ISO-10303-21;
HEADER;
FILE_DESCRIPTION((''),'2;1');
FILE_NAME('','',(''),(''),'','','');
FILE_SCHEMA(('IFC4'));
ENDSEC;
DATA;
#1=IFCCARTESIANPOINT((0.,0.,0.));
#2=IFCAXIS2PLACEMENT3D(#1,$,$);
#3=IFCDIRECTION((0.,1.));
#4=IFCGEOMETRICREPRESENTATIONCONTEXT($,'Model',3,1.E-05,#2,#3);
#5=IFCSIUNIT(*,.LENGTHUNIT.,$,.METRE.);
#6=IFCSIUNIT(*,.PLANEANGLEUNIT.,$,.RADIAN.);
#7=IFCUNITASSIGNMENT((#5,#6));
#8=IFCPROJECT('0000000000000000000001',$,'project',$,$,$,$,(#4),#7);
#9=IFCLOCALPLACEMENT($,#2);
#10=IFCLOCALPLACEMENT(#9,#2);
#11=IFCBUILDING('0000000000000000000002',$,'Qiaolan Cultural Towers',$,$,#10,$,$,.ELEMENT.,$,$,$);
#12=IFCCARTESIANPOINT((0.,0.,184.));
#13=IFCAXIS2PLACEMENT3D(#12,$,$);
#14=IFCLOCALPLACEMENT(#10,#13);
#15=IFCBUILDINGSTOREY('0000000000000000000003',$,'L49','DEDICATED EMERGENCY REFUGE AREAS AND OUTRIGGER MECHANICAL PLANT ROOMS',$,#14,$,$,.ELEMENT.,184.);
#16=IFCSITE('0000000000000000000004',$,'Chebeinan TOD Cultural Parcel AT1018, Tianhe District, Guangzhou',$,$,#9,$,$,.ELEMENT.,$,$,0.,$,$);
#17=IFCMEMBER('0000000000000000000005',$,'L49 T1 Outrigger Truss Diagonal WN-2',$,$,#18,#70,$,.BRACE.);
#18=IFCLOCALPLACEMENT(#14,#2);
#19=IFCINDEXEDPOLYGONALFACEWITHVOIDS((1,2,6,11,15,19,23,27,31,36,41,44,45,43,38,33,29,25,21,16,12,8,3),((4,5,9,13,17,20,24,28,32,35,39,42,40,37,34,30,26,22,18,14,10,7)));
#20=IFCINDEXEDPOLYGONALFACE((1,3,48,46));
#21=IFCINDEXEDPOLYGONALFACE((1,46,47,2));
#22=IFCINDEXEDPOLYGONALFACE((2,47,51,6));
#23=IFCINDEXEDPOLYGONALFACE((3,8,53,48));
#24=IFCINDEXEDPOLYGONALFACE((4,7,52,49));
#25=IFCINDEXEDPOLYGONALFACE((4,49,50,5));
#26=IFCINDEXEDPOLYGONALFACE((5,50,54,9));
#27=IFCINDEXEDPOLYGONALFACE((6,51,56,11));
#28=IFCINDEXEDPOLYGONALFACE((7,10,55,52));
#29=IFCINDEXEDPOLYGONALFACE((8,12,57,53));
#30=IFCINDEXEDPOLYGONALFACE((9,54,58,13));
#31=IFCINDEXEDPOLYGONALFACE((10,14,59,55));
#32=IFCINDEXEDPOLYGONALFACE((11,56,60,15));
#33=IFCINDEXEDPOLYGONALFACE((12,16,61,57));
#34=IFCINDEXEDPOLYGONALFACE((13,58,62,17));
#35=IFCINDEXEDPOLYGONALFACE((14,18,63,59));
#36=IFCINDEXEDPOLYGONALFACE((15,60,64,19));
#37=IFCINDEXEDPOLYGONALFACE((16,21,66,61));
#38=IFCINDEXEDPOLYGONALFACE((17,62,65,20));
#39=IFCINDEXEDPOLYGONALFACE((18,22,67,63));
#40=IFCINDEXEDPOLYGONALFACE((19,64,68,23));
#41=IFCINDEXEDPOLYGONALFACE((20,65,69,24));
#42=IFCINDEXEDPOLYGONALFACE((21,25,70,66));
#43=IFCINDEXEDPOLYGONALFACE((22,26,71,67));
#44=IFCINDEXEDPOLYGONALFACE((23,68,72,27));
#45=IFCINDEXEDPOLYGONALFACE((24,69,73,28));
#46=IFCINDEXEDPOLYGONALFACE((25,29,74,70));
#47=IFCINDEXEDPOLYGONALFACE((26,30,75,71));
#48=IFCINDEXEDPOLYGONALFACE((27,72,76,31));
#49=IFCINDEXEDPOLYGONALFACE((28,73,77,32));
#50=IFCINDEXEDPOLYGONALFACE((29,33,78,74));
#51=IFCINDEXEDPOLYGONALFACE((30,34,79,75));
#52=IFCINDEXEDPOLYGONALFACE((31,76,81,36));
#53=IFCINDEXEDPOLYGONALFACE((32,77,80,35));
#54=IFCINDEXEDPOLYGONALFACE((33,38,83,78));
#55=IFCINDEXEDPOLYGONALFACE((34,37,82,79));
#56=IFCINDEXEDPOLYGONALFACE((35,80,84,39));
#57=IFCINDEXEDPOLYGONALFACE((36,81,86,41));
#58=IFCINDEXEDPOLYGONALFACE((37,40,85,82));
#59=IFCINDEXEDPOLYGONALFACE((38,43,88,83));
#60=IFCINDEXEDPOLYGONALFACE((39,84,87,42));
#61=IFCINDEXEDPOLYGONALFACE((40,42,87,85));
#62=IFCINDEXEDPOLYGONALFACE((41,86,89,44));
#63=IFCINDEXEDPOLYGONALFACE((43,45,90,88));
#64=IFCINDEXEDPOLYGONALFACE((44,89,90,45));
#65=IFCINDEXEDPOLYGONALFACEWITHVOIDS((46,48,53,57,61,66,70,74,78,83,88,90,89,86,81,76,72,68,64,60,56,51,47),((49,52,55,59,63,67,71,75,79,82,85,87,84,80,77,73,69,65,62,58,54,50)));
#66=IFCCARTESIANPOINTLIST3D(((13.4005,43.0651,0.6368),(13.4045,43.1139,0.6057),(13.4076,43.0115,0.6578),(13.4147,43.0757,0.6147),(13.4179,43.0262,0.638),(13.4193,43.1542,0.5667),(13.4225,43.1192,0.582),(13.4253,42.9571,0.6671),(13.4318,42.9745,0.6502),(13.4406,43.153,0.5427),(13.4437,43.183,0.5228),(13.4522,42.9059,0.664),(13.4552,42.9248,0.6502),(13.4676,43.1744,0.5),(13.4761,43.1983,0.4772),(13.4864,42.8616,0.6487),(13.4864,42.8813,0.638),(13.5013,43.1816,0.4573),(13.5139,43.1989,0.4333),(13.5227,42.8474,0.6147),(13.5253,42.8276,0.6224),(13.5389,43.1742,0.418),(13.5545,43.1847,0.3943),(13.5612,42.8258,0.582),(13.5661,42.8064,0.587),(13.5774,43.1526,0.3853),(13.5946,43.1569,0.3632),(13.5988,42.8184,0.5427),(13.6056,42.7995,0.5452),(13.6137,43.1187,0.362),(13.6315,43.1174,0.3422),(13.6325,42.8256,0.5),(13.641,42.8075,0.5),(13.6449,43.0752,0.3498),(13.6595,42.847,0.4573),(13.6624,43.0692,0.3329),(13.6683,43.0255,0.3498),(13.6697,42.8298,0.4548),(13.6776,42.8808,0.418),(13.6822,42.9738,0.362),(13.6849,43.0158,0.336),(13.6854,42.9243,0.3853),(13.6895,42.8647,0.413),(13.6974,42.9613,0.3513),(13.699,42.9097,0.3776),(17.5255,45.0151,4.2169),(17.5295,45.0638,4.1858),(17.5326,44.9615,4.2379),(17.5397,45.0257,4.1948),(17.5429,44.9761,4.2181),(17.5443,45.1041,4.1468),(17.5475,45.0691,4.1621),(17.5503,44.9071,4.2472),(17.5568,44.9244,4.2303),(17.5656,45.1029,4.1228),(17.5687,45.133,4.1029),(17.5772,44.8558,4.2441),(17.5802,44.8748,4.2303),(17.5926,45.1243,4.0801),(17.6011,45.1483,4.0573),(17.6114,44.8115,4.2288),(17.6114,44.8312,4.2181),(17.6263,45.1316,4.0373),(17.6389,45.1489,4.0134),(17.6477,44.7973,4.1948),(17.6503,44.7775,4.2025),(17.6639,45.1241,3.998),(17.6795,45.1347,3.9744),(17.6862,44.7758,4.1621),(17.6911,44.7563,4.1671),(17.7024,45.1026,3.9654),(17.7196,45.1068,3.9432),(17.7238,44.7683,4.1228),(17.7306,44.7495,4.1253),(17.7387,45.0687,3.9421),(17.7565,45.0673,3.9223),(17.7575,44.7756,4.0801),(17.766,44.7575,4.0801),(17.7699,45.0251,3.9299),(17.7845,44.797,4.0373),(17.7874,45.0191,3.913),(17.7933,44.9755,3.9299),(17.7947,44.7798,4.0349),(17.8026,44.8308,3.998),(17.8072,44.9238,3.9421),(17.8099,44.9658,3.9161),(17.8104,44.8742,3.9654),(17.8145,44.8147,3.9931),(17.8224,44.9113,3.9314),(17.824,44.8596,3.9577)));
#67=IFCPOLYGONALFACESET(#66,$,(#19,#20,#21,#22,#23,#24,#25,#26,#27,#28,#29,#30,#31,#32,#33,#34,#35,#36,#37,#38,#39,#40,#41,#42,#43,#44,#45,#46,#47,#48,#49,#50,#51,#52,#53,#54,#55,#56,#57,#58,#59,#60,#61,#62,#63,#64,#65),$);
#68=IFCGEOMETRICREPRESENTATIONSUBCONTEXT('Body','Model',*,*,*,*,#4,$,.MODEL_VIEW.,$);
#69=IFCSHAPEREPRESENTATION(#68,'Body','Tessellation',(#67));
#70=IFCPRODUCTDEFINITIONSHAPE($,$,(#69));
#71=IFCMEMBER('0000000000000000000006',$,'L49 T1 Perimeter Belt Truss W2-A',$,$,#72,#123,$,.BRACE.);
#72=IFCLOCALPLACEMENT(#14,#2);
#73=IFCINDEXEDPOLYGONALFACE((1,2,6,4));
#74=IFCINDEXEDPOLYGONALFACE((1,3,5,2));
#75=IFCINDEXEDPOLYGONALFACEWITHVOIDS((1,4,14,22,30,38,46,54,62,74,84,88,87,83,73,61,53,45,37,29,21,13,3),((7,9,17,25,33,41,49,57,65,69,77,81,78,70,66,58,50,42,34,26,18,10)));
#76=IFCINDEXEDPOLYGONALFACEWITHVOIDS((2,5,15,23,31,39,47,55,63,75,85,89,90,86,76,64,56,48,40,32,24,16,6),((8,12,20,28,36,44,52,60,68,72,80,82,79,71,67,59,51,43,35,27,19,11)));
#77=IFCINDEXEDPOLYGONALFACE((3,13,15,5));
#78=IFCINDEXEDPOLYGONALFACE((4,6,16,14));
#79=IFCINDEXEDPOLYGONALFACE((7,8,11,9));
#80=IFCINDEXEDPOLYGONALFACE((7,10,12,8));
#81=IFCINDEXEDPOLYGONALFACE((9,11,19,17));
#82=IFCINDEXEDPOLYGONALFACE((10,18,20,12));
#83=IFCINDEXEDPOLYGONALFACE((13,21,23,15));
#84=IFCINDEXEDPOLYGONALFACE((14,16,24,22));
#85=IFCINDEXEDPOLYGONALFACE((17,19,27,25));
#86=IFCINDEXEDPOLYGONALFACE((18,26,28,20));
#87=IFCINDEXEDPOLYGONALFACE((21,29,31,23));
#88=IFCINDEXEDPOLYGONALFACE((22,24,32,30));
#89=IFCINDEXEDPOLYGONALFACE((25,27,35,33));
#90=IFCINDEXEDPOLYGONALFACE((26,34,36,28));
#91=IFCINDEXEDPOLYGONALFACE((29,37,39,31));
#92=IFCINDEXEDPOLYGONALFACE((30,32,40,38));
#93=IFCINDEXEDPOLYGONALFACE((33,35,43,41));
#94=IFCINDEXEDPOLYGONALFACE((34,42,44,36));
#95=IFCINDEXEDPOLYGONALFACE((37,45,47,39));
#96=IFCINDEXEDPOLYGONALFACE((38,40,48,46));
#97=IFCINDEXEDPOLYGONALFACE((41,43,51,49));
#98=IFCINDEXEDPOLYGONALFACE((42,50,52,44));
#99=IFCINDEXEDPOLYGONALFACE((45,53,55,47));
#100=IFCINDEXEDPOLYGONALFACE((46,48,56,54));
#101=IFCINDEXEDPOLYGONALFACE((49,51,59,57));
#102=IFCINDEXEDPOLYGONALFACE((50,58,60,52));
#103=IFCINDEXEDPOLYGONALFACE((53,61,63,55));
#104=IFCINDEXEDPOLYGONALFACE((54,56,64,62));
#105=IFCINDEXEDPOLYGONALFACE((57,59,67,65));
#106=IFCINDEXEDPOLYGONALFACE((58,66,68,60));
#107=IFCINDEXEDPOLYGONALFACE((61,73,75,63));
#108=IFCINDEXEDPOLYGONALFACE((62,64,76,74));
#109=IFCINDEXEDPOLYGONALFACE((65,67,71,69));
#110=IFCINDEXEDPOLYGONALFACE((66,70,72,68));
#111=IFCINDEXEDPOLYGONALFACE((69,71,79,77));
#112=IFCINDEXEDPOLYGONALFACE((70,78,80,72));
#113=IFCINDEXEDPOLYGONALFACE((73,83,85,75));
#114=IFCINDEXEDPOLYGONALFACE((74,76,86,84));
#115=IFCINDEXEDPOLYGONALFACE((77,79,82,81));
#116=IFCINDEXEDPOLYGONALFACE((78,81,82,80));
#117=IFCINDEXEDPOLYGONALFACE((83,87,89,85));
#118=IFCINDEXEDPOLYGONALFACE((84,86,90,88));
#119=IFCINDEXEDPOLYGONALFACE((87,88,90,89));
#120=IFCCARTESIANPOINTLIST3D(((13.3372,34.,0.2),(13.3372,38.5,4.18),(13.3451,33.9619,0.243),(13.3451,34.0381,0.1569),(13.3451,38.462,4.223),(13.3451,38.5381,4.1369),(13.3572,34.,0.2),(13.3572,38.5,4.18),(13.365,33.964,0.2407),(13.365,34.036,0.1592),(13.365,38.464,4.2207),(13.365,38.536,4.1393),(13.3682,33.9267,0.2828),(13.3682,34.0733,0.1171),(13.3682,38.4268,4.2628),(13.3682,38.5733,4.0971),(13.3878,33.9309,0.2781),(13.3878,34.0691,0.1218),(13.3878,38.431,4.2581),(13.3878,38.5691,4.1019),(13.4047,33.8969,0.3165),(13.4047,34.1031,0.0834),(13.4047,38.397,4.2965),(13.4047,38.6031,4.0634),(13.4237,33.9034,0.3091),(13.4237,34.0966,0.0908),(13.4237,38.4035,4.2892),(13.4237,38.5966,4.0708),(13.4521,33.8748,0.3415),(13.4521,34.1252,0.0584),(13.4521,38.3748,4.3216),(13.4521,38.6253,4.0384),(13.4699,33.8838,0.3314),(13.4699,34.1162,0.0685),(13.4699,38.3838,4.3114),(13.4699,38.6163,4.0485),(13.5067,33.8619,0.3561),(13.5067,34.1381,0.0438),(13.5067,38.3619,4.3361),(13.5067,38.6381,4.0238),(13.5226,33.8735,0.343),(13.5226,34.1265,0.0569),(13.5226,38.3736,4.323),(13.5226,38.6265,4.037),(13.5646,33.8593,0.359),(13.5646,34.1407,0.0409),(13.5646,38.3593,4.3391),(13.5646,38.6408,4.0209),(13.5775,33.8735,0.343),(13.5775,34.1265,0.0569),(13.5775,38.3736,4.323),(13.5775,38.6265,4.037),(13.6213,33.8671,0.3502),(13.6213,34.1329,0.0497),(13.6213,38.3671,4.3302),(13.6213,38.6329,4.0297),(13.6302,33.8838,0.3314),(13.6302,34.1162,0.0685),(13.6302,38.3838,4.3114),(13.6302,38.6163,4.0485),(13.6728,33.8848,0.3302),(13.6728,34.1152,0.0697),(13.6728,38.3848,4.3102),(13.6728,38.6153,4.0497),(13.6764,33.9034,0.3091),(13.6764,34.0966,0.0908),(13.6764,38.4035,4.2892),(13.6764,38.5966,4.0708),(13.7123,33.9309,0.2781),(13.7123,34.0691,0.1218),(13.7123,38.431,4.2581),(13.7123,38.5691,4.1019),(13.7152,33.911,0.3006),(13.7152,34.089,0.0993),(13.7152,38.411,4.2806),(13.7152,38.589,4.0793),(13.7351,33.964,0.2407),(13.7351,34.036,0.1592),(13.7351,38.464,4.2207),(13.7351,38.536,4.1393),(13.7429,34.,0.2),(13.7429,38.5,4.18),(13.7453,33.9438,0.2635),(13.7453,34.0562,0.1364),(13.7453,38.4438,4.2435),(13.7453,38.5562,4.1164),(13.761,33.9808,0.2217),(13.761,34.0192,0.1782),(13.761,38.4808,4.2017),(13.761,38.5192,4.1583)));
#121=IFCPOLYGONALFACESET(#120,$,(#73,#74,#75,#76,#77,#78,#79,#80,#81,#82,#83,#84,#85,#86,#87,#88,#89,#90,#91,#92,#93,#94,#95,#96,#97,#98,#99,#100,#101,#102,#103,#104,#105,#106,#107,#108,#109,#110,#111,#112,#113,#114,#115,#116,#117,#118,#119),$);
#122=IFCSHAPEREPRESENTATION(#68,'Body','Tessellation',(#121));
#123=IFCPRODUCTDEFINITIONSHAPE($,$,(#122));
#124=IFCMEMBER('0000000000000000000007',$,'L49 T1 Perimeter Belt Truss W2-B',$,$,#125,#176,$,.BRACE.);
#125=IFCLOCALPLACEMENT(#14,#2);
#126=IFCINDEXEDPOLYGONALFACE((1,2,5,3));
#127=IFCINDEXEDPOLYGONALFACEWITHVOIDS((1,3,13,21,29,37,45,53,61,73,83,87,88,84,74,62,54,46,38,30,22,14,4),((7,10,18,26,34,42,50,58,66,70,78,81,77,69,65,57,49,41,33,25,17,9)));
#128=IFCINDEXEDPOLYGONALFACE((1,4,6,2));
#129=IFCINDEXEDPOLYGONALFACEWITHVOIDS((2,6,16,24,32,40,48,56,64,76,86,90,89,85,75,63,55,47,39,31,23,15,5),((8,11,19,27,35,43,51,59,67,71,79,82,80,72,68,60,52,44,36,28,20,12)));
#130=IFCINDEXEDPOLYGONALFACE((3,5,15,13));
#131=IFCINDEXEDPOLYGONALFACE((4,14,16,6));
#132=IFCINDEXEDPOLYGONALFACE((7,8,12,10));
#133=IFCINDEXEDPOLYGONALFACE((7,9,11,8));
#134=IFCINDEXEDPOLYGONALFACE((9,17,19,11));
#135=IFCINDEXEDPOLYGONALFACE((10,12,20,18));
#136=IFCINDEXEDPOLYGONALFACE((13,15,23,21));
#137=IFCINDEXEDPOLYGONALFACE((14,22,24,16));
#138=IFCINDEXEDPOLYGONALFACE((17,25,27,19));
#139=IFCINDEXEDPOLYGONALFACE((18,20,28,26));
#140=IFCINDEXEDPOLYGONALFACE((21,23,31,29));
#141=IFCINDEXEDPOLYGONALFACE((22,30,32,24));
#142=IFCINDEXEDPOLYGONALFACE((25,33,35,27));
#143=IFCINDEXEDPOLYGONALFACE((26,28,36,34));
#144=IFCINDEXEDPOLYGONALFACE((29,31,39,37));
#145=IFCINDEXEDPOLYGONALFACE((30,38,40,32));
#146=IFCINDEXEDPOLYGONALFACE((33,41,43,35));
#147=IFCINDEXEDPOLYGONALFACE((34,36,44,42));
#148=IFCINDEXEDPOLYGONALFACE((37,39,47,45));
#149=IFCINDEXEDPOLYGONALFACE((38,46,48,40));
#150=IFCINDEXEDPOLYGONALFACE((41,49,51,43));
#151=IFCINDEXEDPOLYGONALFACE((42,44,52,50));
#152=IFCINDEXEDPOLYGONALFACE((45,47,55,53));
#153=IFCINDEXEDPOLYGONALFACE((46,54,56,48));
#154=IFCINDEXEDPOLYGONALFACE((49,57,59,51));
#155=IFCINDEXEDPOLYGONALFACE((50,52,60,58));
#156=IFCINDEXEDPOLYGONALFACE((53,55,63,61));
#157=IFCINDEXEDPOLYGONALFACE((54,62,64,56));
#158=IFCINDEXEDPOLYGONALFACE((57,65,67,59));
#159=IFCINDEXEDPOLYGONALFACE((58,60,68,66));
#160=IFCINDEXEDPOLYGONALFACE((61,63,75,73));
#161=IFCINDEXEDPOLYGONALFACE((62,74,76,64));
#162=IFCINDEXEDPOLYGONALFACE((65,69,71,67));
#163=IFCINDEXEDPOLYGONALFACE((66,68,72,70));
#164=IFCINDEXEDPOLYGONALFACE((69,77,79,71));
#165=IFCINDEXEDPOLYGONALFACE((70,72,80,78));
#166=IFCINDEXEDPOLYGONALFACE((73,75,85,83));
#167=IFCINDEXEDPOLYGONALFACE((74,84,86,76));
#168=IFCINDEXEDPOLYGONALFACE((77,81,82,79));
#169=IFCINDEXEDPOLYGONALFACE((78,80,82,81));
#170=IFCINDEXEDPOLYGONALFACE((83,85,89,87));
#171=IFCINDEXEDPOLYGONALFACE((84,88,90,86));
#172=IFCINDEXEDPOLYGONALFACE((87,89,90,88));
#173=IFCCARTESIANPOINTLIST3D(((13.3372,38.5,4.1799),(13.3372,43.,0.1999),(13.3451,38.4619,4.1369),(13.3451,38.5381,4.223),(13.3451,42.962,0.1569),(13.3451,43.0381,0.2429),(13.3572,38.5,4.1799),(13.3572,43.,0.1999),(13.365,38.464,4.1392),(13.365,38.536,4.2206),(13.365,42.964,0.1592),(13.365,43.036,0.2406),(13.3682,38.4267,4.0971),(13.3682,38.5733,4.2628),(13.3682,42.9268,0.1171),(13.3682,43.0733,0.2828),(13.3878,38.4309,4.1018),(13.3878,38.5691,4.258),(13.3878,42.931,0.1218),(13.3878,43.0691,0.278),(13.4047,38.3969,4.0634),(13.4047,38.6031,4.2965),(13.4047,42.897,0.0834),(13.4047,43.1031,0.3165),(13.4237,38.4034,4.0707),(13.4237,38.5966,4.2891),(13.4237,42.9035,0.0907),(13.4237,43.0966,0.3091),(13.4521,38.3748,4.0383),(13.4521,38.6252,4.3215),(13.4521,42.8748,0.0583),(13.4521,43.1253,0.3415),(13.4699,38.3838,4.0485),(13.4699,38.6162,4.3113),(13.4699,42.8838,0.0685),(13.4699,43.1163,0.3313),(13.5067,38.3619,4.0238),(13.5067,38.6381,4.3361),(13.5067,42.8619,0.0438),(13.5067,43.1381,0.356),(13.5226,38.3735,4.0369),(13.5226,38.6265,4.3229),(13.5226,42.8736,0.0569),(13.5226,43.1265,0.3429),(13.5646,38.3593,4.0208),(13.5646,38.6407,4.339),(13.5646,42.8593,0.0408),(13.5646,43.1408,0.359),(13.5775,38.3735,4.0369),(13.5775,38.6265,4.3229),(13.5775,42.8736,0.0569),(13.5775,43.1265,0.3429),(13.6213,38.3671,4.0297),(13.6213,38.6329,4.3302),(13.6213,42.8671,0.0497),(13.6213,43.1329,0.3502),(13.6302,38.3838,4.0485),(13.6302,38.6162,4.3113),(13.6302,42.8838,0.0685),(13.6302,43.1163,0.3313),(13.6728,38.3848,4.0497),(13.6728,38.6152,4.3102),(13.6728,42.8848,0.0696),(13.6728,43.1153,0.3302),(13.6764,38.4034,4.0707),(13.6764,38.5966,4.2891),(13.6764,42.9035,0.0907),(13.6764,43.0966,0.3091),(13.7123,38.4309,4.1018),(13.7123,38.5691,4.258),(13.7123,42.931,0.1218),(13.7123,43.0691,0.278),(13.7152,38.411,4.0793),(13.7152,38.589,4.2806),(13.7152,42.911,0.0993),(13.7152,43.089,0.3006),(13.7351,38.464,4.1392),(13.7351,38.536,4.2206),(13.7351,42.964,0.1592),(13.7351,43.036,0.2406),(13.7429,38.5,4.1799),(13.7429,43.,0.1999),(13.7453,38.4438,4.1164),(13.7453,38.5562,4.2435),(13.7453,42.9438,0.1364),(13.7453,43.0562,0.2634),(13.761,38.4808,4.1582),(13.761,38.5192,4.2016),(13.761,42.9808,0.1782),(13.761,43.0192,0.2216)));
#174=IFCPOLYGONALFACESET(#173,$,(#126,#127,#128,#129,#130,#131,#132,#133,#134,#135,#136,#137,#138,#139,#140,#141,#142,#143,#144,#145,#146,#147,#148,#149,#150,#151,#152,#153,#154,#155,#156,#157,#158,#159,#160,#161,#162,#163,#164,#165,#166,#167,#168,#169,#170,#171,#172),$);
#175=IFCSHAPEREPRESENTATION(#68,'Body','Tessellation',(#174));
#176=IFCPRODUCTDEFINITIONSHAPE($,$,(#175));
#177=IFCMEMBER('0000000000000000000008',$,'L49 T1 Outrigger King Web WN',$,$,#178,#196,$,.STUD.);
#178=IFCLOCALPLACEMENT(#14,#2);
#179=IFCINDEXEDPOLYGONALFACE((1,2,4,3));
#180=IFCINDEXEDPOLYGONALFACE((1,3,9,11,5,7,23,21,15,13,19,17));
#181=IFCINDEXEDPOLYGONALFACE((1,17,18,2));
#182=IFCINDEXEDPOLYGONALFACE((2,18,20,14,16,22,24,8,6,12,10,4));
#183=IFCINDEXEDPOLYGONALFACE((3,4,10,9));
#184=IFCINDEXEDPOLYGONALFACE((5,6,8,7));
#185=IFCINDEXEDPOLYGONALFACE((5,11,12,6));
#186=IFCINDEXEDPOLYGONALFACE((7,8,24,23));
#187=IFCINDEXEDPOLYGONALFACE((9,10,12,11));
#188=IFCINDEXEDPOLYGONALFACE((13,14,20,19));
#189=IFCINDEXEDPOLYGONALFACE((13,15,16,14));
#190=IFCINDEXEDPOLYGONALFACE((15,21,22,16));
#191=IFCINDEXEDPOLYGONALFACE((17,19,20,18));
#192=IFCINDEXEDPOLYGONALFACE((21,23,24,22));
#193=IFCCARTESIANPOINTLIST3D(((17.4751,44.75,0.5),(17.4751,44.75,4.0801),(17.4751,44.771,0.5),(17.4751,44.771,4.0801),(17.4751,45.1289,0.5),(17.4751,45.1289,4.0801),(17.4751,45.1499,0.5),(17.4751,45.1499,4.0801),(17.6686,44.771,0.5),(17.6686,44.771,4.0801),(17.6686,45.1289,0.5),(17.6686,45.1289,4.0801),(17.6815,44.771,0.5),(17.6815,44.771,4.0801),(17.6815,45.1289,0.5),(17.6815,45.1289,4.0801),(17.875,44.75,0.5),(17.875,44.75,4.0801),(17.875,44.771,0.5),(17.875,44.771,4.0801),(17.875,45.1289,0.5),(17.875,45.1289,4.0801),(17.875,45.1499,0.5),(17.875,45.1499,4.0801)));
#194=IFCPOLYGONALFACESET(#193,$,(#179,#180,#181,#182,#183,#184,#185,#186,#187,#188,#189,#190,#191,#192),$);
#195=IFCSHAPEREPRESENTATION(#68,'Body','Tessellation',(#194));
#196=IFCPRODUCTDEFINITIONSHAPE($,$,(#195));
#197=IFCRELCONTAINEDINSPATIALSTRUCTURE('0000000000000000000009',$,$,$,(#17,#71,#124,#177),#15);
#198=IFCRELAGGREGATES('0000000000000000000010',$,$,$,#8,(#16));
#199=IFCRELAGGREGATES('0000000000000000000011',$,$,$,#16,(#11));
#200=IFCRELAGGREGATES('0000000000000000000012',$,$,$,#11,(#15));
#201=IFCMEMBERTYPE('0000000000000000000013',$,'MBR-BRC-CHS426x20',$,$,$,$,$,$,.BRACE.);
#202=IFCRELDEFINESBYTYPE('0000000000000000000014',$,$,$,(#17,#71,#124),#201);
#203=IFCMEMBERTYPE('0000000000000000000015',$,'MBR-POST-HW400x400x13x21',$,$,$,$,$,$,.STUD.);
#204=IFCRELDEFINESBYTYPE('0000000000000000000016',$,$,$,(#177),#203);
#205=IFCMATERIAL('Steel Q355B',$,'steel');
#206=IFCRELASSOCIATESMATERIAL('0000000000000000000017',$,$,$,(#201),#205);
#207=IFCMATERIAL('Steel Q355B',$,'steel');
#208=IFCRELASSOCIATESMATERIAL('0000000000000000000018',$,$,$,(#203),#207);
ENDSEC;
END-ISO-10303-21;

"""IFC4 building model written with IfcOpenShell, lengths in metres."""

from ifc_helpers import new_model, si_unit, direction, frame, origin, origin_2d, place, context, subcontext, project, spatial, hollow_circle, i_section, extrude, material, material_profile, profile_set, type_object, element, save


model = new_model("IFC4")

# Units and contexts
model_context = context("Model", 3, precision=1e-05, world=origin(), true_north=direction((0.0, 1.0)))
body_context = subcontext(model_context, "Body", "Model", "MODEL_VIEW")
ifc_project = project(units=[si_unit("LENGTHUNIT", "METRE"), si_unit("PLANEANGLEUNIT", "RADIAN")], contexts=[model_context])

# Site, building, storey
site_placement = place(None, origin())
site = spatial("IfcSite", under=ifc_project, at=site_placement, Name="Chebeinan TOD Cultural Parcel AT1018, Tianhe District, Guangzhou", CompositionType="ELEMENT", RefElevation=0.0)
building_placement = place(site_placement, origin())
building = spatial("IfcBuilding", under=site, at=building_placement, Name="Qiaolan Cultural Towers", CompositionType="ELEMENT")
storey_placement = place(building_placement, frame((0.0, 0.0, 184.0)))
storey = spatial("IfcBuildingStorey", under=building, at=storey_placement, Name="L49", Description="DEDICATED EMERGENCY REFUGE AREAS AND OUTRIGGER MECHANICAL PLANT ROOMS", CompositionType="ELEMENT", Elevation=184.0)

# Members
ifc_material_1 = material(Name="Steel Q355B", Category="steel")
ifc_material_profile_1 = material_profile(ifc_material_1, hollow_circle(Radius=0.2129, WallThickness=0.02, at=origin_2d()), Name="CHS426x20")
ifc_profile_set_1 = profile_set([ifc_material_profile_1], Name="Steel Q355B")
member_type_1 = type_object("IfcMemberType", Name="MBR-BRC-CHS426x20", PredefinedType="BRACE", material=ifc_profile_set_1)
member_1_placement = place(storey_placement, frame((17.675, 44.95, 4.0801), z_axis=(-0.711261, -0.336224, -0.617302), x_axis=(0.427371, -0.904076, 0.0)))
element("IfcMember", 1, at=member_1_placement, inside=storey, type_object=member_type_1, Name="L49 T1 Outrigger Truss Diagonal WN-2", PredefinedType="BRACE", context=body_context, shape_type="SweptSolid", body=[
    extrude(hollow_circle(Radius=0.2129, WallThickness=0.02, at=origin_2d()), origin(), (0.0, 0.0, 1.0), 5.7996),
])
for number, where, z_axis, x_axis, name in (
    (2, (13.55, 34.0, 0.2), (0.0, 0.749062, 0.6625), (-1.0, 0.0, 0.0), "L49 T1 Perimeter Belt Truss W2-A"),
    (3, (13.55, 38.5, 4.1799), (0.0, 0.749062, -0.6625), (-1.0, 0.0, 0.0), "L49 T1 Perimeter Belt Truss W2-B"),
):
    element("IfcMember", number, at=place(storey_placement, frame(where, z_axis=z_axis, x_axis=x_axis)), inside=storey, type_object=member_type_1, Name=name, PredefinedType="BRACE", context=body_context, shape_type="SweptSolid", body=[
        extrude(hollow_circle(Radius=0.2129, WallThickness=0.02, at=origin_2d()), origin(), (0.0, 0.0, 1.0), 6.0076),
    ])
ifc_material_2 = material(Name="Steel Q355B", Category="steel")
ifc_material_profile_2 = material_profile(ifc_material_2, i_section(OverallWidth=0.3999, OverallDepth=0.3999, WebThickness=0.0129, FlangeThickness=0.021, at=origin_2d()), Name="HW400x400x13x21")
ifc_profile_set_2 = profile_set([ifc_material_profile_2], Name="Steel Q355B")
member_type_2 = type_object("IfcMemberType", Name="MBR-POST-HW400x400x13x21", PredefinedType="STUD", material=ifc_profile_set_2)
member_2_placement = place(storey_placement, frame((17.675, 44.95, 0.5), z_axis=(0.0, 0.0, 1.0), x_axis=(1.0, 0.0, 0.0)))
element("IfcMember", 4, at=member_2_placement, inside=storey, type_object=member_type_2, Name="L49 T1 Outrigger King Web WN", PredefinedType="STUD", context=body_context, shape_type="SweptSolid", body=[
    extrude(i_section(OverallWidth=0.3999, OverallDepth=0.3999, WebThickness=0.0129, FlangeThickness=0.021, at=origin_2d()), origin(), (0.0, 0.0, 1.0), 3.5801),
])

save(model, "model.ifc")
